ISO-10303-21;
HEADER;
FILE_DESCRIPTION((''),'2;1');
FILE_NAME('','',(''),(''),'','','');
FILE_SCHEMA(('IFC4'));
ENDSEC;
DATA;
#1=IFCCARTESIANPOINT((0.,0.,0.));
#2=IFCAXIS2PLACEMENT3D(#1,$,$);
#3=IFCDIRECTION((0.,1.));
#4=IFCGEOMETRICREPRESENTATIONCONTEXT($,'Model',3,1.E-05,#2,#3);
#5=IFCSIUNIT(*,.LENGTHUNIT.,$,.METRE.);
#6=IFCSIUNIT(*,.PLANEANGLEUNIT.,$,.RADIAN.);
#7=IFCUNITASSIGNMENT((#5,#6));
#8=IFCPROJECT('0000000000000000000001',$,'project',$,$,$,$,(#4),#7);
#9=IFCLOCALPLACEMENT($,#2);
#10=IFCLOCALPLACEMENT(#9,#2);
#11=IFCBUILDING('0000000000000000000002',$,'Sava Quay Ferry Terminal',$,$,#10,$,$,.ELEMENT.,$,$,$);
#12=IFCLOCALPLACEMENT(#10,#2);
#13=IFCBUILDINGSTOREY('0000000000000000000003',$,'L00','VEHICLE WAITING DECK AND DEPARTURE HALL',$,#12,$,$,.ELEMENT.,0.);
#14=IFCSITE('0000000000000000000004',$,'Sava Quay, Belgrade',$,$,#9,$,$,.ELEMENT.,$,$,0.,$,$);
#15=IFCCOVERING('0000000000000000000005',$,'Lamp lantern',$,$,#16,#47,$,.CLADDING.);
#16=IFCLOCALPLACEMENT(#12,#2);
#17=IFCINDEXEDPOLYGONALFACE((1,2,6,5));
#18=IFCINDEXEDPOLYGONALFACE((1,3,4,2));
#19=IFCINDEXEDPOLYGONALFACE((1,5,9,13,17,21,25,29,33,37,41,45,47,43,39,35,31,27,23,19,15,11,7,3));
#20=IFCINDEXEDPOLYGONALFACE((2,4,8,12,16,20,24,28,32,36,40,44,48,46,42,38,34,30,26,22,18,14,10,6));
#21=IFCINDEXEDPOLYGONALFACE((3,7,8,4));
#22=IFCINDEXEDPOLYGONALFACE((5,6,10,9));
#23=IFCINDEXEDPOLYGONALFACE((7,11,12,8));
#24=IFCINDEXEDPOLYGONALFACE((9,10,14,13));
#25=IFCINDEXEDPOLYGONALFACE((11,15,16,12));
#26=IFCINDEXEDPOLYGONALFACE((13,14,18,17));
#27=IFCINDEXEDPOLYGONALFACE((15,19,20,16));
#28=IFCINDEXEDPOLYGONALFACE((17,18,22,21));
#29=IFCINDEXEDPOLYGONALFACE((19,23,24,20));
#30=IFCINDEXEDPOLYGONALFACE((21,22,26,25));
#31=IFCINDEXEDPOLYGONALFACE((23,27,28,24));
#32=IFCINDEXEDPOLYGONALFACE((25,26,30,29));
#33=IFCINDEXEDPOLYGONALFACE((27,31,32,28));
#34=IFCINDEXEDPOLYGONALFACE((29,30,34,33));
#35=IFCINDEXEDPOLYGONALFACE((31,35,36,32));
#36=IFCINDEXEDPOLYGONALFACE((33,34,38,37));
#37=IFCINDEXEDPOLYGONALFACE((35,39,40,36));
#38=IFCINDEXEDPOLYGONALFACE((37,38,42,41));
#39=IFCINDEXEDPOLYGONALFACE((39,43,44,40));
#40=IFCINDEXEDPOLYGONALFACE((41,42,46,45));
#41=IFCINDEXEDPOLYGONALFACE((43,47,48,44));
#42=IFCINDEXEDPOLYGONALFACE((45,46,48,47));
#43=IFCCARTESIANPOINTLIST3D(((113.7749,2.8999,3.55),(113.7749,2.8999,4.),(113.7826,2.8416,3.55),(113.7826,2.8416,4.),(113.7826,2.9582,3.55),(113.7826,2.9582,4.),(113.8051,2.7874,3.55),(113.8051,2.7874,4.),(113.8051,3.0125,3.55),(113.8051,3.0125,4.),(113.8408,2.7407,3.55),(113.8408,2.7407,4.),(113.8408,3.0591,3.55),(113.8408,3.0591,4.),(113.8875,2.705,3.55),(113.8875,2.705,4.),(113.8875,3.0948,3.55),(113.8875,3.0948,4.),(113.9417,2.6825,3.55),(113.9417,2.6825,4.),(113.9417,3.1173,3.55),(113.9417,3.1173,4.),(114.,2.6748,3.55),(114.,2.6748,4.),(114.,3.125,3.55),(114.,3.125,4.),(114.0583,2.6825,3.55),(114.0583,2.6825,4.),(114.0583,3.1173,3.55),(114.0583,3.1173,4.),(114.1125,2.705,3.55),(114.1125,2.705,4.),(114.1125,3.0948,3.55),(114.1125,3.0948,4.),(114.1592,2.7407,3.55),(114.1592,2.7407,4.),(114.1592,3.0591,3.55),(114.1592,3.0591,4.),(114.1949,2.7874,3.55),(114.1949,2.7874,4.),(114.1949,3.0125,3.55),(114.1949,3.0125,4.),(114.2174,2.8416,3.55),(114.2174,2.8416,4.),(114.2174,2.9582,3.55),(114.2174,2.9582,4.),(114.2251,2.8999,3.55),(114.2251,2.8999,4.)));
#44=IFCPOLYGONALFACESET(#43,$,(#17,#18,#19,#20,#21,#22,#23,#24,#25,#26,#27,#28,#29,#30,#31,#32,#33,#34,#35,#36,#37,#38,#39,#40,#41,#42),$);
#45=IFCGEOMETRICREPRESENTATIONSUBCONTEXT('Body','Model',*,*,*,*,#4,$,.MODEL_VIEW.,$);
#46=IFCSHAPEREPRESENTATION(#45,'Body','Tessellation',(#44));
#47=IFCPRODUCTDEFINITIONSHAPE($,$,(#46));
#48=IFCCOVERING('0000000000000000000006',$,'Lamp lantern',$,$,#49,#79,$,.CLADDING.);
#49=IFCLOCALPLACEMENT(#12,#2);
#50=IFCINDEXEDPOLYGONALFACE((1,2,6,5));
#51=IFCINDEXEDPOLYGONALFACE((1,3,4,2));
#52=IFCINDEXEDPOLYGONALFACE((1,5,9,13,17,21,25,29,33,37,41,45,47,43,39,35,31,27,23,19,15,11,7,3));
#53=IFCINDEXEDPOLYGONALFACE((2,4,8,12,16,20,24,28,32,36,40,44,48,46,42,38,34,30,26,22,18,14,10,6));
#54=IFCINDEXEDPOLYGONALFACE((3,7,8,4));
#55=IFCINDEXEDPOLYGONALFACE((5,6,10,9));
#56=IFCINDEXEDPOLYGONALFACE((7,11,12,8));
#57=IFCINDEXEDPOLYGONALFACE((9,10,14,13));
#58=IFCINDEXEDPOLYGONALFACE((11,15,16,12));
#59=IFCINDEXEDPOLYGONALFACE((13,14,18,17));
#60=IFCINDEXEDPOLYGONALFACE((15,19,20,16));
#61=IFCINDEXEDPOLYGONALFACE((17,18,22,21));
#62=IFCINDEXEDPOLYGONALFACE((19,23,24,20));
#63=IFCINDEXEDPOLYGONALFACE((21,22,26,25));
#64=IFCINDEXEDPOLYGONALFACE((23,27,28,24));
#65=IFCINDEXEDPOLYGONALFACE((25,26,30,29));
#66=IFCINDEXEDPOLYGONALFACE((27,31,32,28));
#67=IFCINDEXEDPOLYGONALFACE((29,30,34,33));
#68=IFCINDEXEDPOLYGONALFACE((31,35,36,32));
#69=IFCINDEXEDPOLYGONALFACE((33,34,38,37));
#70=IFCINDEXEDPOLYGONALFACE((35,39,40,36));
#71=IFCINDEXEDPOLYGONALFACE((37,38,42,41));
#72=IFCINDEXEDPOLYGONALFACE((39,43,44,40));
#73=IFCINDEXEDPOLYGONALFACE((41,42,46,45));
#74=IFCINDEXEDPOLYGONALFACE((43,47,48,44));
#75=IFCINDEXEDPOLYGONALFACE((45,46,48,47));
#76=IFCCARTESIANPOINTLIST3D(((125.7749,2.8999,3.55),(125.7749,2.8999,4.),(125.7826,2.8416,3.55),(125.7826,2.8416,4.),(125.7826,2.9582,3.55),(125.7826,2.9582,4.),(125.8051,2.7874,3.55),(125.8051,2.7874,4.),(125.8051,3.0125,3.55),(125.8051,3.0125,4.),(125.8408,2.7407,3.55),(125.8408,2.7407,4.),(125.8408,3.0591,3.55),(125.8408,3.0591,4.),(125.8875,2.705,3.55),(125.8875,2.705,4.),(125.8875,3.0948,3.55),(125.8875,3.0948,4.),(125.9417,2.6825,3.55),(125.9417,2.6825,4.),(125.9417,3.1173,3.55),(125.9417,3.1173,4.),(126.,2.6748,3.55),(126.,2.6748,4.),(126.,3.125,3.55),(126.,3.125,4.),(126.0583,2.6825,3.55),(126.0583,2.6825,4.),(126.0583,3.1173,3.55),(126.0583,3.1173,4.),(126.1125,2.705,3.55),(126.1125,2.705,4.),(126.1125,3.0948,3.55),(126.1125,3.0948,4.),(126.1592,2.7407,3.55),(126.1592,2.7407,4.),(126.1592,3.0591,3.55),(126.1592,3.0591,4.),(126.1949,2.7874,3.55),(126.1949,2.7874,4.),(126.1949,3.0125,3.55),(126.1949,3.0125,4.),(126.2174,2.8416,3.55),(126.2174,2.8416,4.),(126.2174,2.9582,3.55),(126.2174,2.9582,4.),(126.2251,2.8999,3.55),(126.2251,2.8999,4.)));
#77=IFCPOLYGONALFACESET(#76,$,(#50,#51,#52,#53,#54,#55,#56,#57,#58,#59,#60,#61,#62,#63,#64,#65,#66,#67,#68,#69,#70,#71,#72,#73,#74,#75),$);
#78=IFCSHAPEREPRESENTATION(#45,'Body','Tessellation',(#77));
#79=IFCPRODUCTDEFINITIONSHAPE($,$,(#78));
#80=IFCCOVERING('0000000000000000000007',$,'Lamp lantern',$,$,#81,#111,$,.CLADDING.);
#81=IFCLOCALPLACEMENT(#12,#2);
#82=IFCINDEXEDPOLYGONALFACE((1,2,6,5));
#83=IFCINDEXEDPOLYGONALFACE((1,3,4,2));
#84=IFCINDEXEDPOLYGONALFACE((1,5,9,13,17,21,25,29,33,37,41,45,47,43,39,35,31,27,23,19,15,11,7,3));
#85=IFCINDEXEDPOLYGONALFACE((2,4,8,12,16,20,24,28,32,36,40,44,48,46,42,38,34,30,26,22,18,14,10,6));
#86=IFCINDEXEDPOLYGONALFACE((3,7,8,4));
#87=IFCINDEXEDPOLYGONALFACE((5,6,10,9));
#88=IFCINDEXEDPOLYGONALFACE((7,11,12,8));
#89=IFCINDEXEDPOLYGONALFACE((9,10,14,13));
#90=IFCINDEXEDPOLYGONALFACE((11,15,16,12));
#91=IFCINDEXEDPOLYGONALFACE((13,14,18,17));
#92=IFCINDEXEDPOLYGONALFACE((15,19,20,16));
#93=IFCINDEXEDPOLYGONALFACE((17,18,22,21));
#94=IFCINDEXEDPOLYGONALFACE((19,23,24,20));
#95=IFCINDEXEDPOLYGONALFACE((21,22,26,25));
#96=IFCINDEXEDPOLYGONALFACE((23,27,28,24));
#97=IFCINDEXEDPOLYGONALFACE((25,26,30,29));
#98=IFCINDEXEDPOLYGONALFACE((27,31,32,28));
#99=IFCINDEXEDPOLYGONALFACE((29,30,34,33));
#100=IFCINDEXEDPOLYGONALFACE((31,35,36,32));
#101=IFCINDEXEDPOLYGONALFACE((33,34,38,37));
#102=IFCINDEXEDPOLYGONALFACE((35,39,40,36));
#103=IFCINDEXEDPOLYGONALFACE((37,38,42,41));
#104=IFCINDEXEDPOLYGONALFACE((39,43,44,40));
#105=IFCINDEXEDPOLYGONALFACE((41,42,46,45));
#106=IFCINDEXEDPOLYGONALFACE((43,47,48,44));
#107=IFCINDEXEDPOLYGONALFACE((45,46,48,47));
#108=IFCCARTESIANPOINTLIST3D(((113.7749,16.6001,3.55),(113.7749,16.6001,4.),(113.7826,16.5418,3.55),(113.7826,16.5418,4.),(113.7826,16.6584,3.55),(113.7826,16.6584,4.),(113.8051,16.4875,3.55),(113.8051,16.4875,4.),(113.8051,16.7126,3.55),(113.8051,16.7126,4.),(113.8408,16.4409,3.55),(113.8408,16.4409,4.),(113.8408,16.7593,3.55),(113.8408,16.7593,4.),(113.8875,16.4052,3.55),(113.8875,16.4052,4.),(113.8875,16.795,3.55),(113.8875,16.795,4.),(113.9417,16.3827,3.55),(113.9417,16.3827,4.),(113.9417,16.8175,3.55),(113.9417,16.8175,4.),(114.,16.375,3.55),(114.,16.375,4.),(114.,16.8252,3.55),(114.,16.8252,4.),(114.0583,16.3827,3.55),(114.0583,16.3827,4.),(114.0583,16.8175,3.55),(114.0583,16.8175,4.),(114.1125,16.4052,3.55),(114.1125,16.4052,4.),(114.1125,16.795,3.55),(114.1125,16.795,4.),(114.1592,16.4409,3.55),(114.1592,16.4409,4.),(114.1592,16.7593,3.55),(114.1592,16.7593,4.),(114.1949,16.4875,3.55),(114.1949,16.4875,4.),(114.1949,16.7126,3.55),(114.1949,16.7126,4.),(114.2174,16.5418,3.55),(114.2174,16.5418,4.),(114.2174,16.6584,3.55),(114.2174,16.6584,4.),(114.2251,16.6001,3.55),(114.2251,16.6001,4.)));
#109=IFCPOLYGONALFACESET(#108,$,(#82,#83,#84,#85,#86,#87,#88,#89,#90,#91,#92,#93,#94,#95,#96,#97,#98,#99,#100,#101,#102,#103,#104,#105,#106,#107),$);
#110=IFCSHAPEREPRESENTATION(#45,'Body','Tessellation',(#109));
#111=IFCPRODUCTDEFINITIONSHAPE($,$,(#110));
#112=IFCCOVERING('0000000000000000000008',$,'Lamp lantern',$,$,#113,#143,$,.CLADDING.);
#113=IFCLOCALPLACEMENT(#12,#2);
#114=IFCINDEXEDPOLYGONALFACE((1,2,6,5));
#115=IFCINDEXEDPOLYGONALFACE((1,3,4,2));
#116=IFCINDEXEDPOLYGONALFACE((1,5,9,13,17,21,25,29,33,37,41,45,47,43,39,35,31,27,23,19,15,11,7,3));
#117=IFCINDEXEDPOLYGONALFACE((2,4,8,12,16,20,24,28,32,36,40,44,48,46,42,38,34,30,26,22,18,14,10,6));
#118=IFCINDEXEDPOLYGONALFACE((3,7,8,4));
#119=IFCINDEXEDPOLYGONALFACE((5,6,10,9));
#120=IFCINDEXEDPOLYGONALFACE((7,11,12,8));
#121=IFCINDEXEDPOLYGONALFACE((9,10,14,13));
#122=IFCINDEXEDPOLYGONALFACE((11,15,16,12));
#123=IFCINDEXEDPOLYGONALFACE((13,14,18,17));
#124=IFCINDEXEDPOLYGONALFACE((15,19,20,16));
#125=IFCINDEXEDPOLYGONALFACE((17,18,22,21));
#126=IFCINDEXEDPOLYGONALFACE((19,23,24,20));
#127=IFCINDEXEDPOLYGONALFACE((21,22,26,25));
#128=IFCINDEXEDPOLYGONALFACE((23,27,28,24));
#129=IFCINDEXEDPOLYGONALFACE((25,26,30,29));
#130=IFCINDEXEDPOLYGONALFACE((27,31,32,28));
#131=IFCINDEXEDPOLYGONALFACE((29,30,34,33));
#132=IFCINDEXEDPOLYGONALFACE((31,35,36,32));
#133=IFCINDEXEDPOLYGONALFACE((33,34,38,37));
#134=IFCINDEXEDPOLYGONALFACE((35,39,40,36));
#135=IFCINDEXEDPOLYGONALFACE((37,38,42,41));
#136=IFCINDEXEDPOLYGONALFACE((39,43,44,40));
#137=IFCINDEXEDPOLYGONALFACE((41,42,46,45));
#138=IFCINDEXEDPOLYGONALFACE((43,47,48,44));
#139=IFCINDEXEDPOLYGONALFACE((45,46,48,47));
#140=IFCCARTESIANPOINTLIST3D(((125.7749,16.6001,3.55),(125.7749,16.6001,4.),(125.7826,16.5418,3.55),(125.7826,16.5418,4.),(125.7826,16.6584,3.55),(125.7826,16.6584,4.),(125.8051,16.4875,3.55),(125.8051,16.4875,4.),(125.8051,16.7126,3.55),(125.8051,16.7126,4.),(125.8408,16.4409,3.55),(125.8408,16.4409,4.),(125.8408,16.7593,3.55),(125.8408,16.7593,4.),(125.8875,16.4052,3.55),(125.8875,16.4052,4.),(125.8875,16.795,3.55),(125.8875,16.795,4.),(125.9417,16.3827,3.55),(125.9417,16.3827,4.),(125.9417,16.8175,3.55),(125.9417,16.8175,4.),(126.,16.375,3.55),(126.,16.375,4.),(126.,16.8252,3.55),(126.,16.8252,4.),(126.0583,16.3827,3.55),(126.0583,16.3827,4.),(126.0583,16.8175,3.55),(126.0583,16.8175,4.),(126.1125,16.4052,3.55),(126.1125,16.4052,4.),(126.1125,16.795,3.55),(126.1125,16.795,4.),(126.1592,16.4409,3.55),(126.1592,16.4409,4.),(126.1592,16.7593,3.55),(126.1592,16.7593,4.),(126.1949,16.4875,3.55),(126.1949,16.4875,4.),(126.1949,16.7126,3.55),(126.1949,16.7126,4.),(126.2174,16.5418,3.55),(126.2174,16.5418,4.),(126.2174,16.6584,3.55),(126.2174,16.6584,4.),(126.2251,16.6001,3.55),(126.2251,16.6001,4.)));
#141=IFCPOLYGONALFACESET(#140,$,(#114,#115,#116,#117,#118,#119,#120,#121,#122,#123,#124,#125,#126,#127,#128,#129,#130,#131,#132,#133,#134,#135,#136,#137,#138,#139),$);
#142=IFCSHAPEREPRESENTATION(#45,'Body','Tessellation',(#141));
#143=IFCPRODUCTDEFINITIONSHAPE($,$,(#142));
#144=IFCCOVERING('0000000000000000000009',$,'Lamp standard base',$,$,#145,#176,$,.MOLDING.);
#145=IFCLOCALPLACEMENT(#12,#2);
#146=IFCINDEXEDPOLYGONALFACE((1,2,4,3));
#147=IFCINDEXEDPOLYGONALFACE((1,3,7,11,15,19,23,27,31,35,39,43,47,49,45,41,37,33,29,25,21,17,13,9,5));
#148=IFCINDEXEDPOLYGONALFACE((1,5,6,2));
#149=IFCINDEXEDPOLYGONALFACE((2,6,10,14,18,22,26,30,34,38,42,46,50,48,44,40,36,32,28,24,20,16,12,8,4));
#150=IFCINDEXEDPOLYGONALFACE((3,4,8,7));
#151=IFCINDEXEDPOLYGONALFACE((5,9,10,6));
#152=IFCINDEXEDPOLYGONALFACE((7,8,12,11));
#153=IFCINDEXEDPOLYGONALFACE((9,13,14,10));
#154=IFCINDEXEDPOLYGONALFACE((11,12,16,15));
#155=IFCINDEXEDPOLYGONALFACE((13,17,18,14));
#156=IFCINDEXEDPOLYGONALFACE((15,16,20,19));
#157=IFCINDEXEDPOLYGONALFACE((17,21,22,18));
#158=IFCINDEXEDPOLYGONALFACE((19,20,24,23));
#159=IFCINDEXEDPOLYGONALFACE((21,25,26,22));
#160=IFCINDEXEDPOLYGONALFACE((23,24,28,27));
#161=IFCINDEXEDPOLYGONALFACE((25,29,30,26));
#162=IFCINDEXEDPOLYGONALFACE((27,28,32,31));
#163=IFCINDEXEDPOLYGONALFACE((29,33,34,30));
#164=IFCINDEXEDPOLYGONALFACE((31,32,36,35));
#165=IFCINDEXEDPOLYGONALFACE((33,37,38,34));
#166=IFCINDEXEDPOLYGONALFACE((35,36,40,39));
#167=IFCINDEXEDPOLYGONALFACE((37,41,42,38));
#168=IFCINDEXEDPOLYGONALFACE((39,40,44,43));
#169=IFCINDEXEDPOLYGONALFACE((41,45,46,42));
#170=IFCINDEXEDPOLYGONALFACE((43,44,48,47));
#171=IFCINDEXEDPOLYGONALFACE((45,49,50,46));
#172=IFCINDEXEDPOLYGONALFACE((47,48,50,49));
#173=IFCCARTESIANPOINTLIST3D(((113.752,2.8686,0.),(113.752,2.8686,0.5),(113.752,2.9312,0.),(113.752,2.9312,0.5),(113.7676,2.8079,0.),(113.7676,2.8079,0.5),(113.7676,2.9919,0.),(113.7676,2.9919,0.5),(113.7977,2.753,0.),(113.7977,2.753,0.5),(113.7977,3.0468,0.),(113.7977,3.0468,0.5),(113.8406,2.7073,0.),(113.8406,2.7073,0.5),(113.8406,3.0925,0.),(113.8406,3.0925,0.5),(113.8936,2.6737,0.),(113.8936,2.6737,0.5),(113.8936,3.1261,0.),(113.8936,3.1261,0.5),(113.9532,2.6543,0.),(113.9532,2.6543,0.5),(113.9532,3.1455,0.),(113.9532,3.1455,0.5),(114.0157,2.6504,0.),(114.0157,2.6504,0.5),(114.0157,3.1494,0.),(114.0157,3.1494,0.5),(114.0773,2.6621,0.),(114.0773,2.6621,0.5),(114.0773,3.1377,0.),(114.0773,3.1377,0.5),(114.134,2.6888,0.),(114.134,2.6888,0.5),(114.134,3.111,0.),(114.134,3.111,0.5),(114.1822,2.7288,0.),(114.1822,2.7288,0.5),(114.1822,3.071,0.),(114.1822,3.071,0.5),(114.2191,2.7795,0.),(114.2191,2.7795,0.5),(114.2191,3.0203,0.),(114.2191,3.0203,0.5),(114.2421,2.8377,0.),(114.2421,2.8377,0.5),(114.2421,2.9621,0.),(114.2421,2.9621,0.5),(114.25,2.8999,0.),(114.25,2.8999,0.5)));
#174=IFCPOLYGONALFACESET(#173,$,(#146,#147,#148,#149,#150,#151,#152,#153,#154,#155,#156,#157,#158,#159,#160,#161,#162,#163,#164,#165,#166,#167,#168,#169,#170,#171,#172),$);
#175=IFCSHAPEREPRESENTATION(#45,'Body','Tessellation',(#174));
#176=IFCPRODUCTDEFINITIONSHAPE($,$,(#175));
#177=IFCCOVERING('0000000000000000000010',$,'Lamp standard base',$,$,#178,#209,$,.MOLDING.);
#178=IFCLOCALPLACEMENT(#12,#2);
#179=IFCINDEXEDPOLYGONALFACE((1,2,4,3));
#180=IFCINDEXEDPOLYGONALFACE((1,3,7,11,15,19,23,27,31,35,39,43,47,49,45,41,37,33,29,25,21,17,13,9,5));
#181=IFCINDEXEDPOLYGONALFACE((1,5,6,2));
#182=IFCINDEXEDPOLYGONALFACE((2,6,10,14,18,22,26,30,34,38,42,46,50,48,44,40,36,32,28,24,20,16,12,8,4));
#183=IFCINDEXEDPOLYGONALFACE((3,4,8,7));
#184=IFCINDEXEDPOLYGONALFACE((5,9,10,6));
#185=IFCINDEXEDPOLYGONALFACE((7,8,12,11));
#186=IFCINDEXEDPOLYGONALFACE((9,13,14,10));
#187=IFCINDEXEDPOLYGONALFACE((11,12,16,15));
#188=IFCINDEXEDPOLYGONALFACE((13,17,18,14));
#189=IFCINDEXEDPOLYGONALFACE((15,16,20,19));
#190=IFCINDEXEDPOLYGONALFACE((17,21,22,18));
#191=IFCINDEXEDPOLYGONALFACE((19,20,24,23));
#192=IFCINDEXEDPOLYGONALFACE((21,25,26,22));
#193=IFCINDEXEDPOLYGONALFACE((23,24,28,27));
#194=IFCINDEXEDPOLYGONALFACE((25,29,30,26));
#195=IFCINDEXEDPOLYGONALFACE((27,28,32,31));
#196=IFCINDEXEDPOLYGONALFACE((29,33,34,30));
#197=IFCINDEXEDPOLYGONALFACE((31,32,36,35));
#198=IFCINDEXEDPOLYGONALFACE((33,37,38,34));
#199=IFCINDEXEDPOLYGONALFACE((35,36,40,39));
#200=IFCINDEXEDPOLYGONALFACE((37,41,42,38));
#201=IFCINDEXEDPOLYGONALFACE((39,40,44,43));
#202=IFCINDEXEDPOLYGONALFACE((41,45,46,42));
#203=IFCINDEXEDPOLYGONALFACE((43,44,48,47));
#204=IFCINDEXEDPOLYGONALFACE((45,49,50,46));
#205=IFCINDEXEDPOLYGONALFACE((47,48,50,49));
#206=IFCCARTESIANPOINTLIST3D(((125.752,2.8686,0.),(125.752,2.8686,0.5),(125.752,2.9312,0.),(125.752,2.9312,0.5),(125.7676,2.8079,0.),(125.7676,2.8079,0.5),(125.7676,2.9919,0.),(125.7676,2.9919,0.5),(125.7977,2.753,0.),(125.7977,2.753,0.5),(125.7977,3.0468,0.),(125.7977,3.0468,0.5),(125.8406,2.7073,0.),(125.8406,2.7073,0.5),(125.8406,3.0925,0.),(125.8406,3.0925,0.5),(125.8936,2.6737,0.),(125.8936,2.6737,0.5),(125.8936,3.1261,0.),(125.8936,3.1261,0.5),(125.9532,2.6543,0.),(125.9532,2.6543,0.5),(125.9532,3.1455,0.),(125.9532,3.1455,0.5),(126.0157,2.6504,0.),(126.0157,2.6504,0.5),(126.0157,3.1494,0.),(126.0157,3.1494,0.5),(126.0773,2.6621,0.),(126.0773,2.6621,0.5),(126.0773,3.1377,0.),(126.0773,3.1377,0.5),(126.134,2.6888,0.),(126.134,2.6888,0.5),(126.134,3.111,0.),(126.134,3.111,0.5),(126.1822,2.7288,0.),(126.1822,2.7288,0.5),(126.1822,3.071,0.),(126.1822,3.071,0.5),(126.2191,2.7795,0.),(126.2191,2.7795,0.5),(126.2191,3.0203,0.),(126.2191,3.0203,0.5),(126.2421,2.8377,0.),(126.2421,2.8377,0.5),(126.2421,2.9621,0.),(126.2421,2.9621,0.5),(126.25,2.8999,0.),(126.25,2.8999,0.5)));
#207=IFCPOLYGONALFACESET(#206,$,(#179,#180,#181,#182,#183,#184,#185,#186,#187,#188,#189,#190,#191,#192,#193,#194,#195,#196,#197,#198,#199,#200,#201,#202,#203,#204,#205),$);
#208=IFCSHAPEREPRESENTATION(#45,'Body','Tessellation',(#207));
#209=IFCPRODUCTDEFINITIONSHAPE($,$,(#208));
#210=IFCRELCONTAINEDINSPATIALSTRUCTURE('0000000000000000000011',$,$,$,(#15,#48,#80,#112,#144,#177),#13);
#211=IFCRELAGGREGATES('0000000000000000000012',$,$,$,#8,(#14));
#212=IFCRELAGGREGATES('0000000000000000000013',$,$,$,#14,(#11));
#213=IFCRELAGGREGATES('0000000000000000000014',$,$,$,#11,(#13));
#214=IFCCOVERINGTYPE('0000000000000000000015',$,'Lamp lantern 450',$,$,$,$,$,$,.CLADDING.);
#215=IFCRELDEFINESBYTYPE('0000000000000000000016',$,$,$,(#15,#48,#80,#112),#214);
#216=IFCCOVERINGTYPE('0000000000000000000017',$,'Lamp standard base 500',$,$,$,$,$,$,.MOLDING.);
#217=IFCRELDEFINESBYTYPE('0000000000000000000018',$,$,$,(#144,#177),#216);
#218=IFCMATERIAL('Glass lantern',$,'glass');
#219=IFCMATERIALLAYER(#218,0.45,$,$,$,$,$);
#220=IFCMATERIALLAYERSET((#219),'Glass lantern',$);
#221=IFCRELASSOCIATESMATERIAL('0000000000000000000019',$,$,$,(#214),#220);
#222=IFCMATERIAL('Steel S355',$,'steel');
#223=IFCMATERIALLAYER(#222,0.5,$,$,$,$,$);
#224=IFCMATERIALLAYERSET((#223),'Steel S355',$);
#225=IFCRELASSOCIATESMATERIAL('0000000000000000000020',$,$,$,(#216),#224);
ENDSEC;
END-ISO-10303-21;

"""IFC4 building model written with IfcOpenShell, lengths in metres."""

from ifc_helpers import new_model, si_unit, direction, frame, origin, origin_2d, place, context, subcontext, project, spatial, circle, extrude, material, layer, layer_set, type_object, element, save


model = new_model("IFC4")

# Units and contexts
model_context = context("Model", 3, precision=1e-05, world=origin(), true_north=direction((0.0, 1.0)))
body_context = subcontext(model_context, "Body", "Model", "MODEL_VIEW")
ifc_project = project(units=[si_unit("LENGTHUNIT", "METRE"), si_unit("PLANEANGLEUNIT", "RADIAN")], contexts=[model_context])

# Site, building, storey
site_placement = place(None, origin())
site = spatial("IfcSite", under=ifc_project, at=site_placement, Name="Sava Quay, Belgrade", CompositionType="ELEMENT", RefElevation=0.0)
building_placement = place(site_placement, origin())
building = spatial("IfcBuilding", under=site, at=building_placement, Name="Sava Quay Ferry Terminal", CompositionType="ELEMENT")
storey_placement = place(building_placement, origin())
storey = spatial("IfcBuildingStorey", under=building, at=storey_placement, Name="L00", Description="VEHICLE WAITING DECK AND DEPARTURE HALL", CompositionType="ELEMENT", Elevation=0.0)

# Coverings
ifc_material_1 = material(Name="Glass lantern", Category="glass")
ifc_layer_1 = layer(ifc_material_1, 0.45)
ifc_layer_set_1 = layer_set([ifc_layer_1], Name="Glass lantern")
covering_type_1 = type_object("IfcCoveringType", Name="Lamp lantern 450", PredefinedType="CLADDING", material=ifc_layer_set_1)
for number, where, z_axis, x_axis, name in (
    (1, (114.0, 2.8999, 4.0), (0.0, 0.0, -1.0), (1.0, 0.0, 0.0), "Lamp lantern"),
    (2, (126.0, 2.8999, 4.0), (0.0, 0.0, -1.0), (1.0, 0.0, 0.0), "Lamp lantern"),
    (3, (114.0, 16.6001, 4.0), (0.0, 0.0, -1.0), (1.0, 0.0, 0.0), "Lamp lantern"),
    (4, (126.0, 16.6001, 4.0), (0.0, 0.0, -1.0), (1.0, 0.0, 0.0), "Lamp lantern"),
):
    element("IfcCovering", number, at=place(storey_placement, frame(where, z_axis=z_axis, x_axis=x_axis)), inside=storey, type_object=covering_type_1, Name=name, PredefinedType="CLADDING", context=body_context, shape_type="SweptSolid", body=[
        extrude(circle(Radius=0.2251, at=origin_2d()), origin(), (0.0, 0.0, 1.0), 0.45),
    ])
ifc_material_2 = material(Name="Steel S355", Category="steel")
ifc_layer_2 = layer(ifc_material_2, 0.5)
ifc_layer_set_2 = layer_set([ifc_layer_2], Name="Steel S355")
covering_type_2 = type_object("IfcCoveringType", Name="Lamp standard base 500", PredefinedType="MOLDING", material=ifc_layer_set_2)
for number, where, z_axis, x_axis, name in (
    (5, (114.0, 2.8999, 0.5), (0.0, 0.0, -1.0), (1.0, 0.0, 0.0), "Lamp standard base"),
    (6, (126.0, 2.8999, 0.5), (0.0, 0.0, -1.0), (1.0, 0.0, 0.0), "Lamp standard base"),
):
    element("IfcCovering", number, at=place(storey_placement, frame(where, z_axis=z_axis, x_axis=x_axis)), inside=storey, type_object=covering_type_2, Name=name, PredefinedType="MOLDING", context=body_context, shape_type="SweptSolid", body=[
        extrude(circle(Radius=0.25, at=origin_2d()), origin(), (0.0, 0.0, 1.0), 0.5),
    ])

save(model, "model.ifc")
